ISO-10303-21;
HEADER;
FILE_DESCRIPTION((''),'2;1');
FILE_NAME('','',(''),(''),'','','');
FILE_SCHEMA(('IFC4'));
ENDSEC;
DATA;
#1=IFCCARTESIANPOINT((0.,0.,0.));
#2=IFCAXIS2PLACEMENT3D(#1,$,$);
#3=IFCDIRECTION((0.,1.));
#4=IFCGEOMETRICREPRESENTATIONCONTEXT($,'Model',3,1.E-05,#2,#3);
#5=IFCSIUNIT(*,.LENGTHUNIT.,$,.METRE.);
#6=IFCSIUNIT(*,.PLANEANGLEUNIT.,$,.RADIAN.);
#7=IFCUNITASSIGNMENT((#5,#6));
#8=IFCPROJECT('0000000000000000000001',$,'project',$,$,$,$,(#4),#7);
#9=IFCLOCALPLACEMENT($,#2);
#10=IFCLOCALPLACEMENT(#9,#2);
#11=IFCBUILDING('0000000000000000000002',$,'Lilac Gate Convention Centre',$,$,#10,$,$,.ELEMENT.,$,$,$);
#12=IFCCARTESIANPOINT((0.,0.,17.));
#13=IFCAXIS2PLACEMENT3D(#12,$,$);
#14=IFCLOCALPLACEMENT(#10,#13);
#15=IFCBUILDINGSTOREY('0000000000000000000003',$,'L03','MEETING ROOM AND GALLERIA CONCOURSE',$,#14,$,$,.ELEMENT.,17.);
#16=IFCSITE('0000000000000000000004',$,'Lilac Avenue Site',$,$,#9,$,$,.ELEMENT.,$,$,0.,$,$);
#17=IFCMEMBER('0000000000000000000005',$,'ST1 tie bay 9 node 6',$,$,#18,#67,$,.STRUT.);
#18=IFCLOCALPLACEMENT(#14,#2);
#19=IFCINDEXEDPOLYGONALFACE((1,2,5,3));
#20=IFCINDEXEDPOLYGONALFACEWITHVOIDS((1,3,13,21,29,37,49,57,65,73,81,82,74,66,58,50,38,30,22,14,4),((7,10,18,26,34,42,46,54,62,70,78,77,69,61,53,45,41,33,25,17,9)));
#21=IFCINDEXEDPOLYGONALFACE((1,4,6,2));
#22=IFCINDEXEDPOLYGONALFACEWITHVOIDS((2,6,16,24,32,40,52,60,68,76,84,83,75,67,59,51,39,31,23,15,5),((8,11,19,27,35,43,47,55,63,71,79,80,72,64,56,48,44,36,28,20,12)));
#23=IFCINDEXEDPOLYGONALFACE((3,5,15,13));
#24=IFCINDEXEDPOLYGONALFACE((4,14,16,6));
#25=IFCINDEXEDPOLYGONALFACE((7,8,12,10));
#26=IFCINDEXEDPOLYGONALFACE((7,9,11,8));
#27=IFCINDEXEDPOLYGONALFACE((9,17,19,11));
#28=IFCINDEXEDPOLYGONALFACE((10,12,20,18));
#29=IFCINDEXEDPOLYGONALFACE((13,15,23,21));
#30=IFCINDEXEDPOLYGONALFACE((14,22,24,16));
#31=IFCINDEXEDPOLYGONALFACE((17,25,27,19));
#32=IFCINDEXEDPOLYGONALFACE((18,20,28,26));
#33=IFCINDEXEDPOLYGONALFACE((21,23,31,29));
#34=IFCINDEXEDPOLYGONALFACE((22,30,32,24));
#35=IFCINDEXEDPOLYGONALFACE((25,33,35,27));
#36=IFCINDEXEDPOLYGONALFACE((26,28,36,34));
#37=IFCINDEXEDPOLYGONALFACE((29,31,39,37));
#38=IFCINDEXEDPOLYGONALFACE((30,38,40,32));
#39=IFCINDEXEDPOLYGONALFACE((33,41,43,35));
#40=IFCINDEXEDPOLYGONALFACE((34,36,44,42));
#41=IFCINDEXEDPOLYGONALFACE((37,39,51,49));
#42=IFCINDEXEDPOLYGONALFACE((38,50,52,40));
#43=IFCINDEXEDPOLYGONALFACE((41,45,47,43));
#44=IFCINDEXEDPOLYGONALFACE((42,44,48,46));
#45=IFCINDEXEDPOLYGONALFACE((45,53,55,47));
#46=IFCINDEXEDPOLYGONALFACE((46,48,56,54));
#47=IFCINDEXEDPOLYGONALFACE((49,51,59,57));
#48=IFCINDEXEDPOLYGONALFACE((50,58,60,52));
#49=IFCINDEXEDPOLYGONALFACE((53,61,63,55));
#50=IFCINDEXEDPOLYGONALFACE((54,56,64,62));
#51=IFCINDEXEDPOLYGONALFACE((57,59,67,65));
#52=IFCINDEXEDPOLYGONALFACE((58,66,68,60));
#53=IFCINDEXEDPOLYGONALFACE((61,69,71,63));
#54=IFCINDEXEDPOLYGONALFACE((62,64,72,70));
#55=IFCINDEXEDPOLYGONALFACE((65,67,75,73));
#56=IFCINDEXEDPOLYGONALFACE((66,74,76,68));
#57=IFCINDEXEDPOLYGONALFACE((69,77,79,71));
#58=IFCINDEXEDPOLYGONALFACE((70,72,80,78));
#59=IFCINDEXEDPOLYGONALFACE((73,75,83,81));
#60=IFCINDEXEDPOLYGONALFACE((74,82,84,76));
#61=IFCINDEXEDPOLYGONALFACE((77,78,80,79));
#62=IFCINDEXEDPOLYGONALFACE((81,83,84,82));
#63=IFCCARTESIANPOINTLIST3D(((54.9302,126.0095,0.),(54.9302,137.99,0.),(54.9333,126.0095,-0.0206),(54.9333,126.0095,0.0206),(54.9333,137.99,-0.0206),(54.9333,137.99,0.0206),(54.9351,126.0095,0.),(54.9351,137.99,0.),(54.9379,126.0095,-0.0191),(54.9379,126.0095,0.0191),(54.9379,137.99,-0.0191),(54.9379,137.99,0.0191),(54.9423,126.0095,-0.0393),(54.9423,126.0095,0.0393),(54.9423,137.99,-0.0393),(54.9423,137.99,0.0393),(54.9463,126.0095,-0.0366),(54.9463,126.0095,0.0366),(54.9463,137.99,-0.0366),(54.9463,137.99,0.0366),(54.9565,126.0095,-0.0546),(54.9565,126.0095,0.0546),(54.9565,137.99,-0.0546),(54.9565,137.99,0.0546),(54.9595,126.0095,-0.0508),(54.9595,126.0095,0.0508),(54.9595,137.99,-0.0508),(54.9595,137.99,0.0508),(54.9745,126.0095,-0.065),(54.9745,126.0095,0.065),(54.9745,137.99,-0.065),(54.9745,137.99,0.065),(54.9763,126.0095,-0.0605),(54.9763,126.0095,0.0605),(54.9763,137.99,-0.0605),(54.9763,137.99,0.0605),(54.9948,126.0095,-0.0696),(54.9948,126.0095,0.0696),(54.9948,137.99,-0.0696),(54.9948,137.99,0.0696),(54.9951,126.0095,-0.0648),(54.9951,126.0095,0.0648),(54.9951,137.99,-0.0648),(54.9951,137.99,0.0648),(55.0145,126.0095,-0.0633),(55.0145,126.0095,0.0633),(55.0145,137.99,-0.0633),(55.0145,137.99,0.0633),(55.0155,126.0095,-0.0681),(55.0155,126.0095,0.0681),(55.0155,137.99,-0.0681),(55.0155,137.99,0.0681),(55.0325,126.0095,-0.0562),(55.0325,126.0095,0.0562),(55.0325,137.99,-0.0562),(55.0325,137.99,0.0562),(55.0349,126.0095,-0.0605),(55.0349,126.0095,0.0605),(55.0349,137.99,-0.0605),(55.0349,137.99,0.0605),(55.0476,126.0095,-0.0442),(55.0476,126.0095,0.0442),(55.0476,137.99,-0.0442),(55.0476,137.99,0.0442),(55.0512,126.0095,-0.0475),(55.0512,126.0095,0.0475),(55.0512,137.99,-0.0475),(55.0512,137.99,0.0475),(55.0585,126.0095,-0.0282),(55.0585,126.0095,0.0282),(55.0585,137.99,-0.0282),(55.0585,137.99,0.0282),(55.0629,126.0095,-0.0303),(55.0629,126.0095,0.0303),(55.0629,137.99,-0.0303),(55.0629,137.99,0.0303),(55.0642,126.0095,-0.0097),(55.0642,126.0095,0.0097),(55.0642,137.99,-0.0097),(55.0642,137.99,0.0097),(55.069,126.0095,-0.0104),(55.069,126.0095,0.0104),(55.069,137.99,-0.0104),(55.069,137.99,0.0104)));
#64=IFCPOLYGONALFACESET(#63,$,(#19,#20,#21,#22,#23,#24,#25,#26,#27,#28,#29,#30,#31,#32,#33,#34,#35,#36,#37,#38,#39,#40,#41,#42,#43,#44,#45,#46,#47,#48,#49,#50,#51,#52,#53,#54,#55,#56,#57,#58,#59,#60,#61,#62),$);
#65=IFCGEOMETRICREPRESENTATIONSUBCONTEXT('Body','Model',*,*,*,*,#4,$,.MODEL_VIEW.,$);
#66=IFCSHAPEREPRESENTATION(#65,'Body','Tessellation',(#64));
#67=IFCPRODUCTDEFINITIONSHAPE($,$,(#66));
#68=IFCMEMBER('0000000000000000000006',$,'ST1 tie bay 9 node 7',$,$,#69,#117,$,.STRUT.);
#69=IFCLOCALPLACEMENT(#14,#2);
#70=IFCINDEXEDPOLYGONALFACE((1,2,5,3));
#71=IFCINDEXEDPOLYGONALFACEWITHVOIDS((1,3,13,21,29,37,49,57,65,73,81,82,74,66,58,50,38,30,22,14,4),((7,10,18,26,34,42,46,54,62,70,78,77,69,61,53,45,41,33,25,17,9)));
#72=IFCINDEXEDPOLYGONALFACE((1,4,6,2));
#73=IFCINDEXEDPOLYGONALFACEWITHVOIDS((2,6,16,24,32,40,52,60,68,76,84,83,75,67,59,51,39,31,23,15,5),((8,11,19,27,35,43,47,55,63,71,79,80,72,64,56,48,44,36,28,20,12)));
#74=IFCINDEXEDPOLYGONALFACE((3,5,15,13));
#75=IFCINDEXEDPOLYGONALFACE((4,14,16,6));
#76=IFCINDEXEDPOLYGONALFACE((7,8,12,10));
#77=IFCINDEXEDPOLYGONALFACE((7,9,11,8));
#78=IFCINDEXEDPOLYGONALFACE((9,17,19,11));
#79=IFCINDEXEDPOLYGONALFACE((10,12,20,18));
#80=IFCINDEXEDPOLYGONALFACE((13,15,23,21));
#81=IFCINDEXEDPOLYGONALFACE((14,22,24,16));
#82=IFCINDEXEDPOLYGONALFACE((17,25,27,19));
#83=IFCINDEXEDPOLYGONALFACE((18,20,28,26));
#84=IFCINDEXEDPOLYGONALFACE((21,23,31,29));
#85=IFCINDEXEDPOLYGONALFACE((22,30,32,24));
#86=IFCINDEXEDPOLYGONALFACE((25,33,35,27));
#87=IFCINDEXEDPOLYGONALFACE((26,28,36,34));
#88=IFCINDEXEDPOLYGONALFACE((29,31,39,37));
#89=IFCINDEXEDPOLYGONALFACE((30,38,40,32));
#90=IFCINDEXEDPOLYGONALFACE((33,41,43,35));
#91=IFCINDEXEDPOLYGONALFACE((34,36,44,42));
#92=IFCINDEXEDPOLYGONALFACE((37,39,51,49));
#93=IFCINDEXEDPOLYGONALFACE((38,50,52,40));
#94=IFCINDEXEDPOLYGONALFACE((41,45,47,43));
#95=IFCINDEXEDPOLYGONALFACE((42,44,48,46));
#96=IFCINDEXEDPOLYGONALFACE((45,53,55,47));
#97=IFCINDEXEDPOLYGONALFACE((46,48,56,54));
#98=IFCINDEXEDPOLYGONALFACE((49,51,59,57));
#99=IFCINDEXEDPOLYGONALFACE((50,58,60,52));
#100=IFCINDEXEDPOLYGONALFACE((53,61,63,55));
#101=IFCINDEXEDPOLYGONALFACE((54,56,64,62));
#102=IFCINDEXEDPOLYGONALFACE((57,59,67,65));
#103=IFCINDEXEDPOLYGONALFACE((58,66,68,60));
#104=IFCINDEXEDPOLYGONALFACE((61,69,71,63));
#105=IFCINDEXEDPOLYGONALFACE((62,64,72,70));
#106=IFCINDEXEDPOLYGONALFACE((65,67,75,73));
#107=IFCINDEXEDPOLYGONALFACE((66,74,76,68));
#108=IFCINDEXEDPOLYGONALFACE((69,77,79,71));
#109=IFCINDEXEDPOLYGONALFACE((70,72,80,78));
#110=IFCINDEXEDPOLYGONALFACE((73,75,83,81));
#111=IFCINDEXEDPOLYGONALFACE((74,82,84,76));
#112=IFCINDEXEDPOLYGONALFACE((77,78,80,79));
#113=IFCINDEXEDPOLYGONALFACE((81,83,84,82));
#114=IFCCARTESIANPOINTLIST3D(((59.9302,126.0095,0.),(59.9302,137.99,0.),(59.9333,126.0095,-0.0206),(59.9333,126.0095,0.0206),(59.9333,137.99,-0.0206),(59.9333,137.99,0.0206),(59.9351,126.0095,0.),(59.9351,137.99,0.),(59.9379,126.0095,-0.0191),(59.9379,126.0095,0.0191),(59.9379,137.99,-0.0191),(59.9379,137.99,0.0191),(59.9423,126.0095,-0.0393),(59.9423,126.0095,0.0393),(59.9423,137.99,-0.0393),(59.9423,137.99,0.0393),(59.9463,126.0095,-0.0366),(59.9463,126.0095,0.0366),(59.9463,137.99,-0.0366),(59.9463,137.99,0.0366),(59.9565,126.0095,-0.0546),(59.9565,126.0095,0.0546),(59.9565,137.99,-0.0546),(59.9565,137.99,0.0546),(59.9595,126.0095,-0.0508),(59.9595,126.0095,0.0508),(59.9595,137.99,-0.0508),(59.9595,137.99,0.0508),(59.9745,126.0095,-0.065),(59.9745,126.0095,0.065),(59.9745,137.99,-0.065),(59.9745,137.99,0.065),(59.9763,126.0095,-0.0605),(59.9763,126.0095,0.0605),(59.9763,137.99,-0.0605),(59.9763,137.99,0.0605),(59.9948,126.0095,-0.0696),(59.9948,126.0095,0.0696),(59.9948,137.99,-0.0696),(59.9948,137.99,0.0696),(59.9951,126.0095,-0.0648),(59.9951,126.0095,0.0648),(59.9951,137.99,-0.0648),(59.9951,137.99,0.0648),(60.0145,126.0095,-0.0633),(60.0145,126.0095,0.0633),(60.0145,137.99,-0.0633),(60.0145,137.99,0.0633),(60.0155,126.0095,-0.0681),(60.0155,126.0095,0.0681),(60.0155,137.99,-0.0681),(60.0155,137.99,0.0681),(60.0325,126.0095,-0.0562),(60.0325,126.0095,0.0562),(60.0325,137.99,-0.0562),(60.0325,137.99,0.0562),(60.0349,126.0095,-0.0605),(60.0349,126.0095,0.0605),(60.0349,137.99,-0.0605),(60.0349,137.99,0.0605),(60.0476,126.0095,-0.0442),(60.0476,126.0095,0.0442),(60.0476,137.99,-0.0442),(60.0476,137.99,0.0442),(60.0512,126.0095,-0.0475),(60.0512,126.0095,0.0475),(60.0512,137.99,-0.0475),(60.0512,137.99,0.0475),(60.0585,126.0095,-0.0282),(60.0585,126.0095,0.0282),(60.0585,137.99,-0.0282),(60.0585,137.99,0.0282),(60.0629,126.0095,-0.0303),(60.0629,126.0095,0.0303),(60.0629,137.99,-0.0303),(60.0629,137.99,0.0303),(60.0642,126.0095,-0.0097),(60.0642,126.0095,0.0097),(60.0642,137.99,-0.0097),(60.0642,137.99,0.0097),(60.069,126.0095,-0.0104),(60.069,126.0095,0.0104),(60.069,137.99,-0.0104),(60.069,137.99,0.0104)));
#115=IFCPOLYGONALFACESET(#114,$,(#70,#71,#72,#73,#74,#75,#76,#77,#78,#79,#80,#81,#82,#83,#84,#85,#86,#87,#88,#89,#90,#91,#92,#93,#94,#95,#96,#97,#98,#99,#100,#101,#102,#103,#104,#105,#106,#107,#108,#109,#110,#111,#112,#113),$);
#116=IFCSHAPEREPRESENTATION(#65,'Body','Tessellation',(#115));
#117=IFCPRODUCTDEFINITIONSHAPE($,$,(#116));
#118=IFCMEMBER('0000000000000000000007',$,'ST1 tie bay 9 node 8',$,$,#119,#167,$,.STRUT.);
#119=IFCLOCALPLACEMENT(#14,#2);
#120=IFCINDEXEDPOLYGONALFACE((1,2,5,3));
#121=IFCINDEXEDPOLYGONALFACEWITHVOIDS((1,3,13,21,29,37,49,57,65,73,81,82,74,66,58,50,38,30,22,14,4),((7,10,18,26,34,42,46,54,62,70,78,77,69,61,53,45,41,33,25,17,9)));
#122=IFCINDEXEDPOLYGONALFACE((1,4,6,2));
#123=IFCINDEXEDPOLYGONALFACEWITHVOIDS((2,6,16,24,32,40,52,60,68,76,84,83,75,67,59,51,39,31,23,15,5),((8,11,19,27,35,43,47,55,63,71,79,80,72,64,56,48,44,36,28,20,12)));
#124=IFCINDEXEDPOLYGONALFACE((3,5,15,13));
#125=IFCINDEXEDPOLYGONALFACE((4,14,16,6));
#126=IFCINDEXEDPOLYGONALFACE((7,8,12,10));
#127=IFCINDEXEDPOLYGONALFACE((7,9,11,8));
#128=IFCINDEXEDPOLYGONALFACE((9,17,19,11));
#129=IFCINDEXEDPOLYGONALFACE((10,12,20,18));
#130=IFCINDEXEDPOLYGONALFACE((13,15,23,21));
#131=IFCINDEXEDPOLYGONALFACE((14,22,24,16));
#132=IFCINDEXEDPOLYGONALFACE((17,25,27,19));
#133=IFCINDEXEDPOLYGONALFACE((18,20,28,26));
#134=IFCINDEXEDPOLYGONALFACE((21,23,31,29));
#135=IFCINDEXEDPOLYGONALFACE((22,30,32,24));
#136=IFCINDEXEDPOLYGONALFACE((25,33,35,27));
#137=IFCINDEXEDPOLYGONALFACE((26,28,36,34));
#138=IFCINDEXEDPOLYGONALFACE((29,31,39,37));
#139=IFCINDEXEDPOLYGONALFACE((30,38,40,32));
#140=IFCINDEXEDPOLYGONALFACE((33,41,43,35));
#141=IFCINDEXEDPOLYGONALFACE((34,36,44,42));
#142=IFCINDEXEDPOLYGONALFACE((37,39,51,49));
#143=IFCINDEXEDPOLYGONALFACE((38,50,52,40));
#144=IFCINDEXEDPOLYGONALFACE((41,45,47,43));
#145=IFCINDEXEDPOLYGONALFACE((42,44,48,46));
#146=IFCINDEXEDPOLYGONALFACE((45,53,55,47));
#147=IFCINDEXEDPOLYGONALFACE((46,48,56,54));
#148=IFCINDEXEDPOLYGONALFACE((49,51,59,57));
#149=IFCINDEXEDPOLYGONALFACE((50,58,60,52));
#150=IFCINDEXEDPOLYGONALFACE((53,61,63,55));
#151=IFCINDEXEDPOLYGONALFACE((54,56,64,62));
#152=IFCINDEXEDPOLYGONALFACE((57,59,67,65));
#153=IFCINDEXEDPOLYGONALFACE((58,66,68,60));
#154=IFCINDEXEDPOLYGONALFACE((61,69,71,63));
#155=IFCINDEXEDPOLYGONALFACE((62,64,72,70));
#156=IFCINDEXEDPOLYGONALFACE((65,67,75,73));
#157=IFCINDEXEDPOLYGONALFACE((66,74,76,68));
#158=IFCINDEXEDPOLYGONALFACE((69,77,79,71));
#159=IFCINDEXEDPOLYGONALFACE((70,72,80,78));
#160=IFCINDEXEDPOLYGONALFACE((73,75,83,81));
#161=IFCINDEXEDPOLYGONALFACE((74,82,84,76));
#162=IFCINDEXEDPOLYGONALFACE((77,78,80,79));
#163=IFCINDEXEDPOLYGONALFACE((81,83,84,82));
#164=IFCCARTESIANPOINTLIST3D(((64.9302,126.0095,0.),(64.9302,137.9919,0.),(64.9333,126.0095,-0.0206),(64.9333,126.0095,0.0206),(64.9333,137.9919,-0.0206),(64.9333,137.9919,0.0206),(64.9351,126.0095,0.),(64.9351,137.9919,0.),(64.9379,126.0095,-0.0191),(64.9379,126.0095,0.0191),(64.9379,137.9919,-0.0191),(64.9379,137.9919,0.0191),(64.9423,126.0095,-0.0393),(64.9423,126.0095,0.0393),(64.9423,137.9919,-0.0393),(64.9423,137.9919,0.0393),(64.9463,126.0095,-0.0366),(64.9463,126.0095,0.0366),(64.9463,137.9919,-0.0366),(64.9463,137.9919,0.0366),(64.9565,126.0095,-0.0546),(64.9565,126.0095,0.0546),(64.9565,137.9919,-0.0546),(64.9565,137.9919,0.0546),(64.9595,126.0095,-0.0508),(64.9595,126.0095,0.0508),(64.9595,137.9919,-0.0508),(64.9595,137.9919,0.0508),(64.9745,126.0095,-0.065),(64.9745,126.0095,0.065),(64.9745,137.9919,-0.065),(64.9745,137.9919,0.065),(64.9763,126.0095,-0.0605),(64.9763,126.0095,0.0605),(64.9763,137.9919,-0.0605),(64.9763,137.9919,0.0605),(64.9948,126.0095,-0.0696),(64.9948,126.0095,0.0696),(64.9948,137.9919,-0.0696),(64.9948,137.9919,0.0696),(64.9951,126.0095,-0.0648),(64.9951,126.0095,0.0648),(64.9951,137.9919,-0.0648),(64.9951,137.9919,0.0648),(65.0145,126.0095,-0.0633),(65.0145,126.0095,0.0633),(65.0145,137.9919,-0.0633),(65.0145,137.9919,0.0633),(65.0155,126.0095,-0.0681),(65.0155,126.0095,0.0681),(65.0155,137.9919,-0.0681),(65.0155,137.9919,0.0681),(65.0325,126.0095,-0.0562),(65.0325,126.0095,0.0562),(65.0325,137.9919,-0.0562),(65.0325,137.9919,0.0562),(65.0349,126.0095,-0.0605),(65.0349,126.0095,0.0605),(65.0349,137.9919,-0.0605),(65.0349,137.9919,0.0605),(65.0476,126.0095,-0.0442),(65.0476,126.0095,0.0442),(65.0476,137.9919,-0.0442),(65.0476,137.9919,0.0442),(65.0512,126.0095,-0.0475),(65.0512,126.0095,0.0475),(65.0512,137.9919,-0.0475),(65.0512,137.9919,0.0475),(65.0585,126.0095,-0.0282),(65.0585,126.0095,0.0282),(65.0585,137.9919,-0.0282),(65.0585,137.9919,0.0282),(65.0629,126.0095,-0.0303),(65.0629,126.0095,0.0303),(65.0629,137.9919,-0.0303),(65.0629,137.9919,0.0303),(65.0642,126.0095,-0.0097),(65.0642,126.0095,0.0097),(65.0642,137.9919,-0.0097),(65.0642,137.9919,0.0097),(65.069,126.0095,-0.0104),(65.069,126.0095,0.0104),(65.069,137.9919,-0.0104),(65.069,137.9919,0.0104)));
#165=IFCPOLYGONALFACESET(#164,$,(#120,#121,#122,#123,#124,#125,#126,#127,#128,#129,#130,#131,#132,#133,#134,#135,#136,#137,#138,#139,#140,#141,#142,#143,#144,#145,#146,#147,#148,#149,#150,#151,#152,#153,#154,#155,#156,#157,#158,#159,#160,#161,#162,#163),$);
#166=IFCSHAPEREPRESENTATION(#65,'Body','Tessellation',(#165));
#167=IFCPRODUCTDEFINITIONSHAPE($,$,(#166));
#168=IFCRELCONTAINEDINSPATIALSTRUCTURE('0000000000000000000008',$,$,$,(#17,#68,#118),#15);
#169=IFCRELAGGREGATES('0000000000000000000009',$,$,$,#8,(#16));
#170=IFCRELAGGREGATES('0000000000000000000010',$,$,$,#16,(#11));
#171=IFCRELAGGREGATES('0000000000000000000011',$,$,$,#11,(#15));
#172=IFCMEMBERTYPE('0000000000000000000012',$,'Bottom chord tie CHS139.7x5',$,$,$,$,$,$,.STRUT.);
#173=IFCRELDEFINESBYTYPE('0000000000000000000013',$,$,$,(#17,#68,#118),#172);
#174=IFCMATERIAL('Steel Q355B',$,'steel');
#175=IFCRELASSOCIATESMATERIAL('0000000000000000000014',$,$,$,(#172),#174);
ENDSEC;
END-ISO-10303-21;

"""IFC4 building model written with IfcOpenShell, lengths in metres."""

from ifc_helpers import new_model, si_unit, direction, frame, origin, origin_2d, place, context, subcontext, project, spatial, hollow_circle, extrude, material, material_profile, profile_set, type_object, element, save


model = new_model("IFC4")

# Units and contexts
model_context = context("Model", 3, precision=1e-05, world=origin(), true_north=direction((0.0, 1.0)))
body_context = subcontext(model_context, "Body", "Model", "MODEL_VIEW")
ifc_project = project(units=[si_unit("LENGTHUNIT", "METRE"), si_unit("PLANEANGLEUNIT", "RADIAN")], contexts=[model_context])

# Site, building, storey
site_placement = place(None, origin())
site = spatial("IfcSite", under=ifc_project, at=site_placement, Name="Lilac Avenue Site", CompositionType="ELEMENT", RefElevation=0.0)
building_placement = place(site_placement, origin())
building = spatial("IfcBuilding", under=site, at=building_placement, Name="Lilac Gate Convention Centre", CompositionType="ELEMENT")
storey_placement = place(building_placement, frame((0.0, 0.0, 17.0)))
storey = spatial("IfcBuildingStorey", under=building, at=storey_placement, Name="L03", Description="MEETING ROOM AND GALLERIA CONCOURSE", CompositionType="ELEMENT", Elevation=17.0)

# Members
ifc_material = material(Name="Steel Q355B", Category="steel")
ifc_material_profile_1 = material_profile(ifc_material, hollow_circle(Radius=0.0698, WallThickness=0.0049, at=origin_2d()), Name="CHS139.7x5")
ifc_profile_set_1 = profile_set([ifc_material_profile_1], Name="Steel Q355B")
member_type_1 = type_object("IfcMemberType", Name="Bottom chord tie CHS139.7x5", PredefinedType="STRUT", material=ifc_profile_set_1)
for number, where, z_axis, x_axis, name in (
    (1, (55.0, 126.0095, 0.0), (0.0, 1.0, 0.0), (-1.0, 0.0, 0.0), "ST1 tie bay 9 node 6"),
    (2, (60.0, 126.0095, 0.0), (0.0, 1.0, 0.0), (-1.0, 0.0, 0.0), "ST1 tie bay 9 node 7"),
):
    element("IfcMember", number, at=place(storey_placement, frame(where, z_axis=z_axis, x_axis=x_axis)), inside=storey, type_object=member_type_1, Name=name, PredefinedType="STRUT", context=body_context, shape_type="SweptSolid", body=[
        extrude(hollow_circle(Radius=0.0698, WallThickness=0.0049, at=origin_2d()), origin(), (0.0, 0.0, 1.0), 11.9805),
    ])
member_1_placement = place(storey_placement, frame((65.0, 126.0095, 0.0), z_axis=(0.0, 1.0, 0.0), x_axis=(-1.0, 0.0, 0.0)))
element("IfcMember", 3, at=member_1_placement, inside=storey, type_object=member_type_1, Name="ST1 tie bay 9 node 8", PredefinedType="STRUT", context=body_context, shape_type="SweptSolid", body=[
    extrude(hollow_circle(Radius=0.0698, WallThickness=0.0049, at=origin_2d()), origin(), (0.0, 0.0, 1.0), 11.9824),
])

save(model, "model.ifc")
